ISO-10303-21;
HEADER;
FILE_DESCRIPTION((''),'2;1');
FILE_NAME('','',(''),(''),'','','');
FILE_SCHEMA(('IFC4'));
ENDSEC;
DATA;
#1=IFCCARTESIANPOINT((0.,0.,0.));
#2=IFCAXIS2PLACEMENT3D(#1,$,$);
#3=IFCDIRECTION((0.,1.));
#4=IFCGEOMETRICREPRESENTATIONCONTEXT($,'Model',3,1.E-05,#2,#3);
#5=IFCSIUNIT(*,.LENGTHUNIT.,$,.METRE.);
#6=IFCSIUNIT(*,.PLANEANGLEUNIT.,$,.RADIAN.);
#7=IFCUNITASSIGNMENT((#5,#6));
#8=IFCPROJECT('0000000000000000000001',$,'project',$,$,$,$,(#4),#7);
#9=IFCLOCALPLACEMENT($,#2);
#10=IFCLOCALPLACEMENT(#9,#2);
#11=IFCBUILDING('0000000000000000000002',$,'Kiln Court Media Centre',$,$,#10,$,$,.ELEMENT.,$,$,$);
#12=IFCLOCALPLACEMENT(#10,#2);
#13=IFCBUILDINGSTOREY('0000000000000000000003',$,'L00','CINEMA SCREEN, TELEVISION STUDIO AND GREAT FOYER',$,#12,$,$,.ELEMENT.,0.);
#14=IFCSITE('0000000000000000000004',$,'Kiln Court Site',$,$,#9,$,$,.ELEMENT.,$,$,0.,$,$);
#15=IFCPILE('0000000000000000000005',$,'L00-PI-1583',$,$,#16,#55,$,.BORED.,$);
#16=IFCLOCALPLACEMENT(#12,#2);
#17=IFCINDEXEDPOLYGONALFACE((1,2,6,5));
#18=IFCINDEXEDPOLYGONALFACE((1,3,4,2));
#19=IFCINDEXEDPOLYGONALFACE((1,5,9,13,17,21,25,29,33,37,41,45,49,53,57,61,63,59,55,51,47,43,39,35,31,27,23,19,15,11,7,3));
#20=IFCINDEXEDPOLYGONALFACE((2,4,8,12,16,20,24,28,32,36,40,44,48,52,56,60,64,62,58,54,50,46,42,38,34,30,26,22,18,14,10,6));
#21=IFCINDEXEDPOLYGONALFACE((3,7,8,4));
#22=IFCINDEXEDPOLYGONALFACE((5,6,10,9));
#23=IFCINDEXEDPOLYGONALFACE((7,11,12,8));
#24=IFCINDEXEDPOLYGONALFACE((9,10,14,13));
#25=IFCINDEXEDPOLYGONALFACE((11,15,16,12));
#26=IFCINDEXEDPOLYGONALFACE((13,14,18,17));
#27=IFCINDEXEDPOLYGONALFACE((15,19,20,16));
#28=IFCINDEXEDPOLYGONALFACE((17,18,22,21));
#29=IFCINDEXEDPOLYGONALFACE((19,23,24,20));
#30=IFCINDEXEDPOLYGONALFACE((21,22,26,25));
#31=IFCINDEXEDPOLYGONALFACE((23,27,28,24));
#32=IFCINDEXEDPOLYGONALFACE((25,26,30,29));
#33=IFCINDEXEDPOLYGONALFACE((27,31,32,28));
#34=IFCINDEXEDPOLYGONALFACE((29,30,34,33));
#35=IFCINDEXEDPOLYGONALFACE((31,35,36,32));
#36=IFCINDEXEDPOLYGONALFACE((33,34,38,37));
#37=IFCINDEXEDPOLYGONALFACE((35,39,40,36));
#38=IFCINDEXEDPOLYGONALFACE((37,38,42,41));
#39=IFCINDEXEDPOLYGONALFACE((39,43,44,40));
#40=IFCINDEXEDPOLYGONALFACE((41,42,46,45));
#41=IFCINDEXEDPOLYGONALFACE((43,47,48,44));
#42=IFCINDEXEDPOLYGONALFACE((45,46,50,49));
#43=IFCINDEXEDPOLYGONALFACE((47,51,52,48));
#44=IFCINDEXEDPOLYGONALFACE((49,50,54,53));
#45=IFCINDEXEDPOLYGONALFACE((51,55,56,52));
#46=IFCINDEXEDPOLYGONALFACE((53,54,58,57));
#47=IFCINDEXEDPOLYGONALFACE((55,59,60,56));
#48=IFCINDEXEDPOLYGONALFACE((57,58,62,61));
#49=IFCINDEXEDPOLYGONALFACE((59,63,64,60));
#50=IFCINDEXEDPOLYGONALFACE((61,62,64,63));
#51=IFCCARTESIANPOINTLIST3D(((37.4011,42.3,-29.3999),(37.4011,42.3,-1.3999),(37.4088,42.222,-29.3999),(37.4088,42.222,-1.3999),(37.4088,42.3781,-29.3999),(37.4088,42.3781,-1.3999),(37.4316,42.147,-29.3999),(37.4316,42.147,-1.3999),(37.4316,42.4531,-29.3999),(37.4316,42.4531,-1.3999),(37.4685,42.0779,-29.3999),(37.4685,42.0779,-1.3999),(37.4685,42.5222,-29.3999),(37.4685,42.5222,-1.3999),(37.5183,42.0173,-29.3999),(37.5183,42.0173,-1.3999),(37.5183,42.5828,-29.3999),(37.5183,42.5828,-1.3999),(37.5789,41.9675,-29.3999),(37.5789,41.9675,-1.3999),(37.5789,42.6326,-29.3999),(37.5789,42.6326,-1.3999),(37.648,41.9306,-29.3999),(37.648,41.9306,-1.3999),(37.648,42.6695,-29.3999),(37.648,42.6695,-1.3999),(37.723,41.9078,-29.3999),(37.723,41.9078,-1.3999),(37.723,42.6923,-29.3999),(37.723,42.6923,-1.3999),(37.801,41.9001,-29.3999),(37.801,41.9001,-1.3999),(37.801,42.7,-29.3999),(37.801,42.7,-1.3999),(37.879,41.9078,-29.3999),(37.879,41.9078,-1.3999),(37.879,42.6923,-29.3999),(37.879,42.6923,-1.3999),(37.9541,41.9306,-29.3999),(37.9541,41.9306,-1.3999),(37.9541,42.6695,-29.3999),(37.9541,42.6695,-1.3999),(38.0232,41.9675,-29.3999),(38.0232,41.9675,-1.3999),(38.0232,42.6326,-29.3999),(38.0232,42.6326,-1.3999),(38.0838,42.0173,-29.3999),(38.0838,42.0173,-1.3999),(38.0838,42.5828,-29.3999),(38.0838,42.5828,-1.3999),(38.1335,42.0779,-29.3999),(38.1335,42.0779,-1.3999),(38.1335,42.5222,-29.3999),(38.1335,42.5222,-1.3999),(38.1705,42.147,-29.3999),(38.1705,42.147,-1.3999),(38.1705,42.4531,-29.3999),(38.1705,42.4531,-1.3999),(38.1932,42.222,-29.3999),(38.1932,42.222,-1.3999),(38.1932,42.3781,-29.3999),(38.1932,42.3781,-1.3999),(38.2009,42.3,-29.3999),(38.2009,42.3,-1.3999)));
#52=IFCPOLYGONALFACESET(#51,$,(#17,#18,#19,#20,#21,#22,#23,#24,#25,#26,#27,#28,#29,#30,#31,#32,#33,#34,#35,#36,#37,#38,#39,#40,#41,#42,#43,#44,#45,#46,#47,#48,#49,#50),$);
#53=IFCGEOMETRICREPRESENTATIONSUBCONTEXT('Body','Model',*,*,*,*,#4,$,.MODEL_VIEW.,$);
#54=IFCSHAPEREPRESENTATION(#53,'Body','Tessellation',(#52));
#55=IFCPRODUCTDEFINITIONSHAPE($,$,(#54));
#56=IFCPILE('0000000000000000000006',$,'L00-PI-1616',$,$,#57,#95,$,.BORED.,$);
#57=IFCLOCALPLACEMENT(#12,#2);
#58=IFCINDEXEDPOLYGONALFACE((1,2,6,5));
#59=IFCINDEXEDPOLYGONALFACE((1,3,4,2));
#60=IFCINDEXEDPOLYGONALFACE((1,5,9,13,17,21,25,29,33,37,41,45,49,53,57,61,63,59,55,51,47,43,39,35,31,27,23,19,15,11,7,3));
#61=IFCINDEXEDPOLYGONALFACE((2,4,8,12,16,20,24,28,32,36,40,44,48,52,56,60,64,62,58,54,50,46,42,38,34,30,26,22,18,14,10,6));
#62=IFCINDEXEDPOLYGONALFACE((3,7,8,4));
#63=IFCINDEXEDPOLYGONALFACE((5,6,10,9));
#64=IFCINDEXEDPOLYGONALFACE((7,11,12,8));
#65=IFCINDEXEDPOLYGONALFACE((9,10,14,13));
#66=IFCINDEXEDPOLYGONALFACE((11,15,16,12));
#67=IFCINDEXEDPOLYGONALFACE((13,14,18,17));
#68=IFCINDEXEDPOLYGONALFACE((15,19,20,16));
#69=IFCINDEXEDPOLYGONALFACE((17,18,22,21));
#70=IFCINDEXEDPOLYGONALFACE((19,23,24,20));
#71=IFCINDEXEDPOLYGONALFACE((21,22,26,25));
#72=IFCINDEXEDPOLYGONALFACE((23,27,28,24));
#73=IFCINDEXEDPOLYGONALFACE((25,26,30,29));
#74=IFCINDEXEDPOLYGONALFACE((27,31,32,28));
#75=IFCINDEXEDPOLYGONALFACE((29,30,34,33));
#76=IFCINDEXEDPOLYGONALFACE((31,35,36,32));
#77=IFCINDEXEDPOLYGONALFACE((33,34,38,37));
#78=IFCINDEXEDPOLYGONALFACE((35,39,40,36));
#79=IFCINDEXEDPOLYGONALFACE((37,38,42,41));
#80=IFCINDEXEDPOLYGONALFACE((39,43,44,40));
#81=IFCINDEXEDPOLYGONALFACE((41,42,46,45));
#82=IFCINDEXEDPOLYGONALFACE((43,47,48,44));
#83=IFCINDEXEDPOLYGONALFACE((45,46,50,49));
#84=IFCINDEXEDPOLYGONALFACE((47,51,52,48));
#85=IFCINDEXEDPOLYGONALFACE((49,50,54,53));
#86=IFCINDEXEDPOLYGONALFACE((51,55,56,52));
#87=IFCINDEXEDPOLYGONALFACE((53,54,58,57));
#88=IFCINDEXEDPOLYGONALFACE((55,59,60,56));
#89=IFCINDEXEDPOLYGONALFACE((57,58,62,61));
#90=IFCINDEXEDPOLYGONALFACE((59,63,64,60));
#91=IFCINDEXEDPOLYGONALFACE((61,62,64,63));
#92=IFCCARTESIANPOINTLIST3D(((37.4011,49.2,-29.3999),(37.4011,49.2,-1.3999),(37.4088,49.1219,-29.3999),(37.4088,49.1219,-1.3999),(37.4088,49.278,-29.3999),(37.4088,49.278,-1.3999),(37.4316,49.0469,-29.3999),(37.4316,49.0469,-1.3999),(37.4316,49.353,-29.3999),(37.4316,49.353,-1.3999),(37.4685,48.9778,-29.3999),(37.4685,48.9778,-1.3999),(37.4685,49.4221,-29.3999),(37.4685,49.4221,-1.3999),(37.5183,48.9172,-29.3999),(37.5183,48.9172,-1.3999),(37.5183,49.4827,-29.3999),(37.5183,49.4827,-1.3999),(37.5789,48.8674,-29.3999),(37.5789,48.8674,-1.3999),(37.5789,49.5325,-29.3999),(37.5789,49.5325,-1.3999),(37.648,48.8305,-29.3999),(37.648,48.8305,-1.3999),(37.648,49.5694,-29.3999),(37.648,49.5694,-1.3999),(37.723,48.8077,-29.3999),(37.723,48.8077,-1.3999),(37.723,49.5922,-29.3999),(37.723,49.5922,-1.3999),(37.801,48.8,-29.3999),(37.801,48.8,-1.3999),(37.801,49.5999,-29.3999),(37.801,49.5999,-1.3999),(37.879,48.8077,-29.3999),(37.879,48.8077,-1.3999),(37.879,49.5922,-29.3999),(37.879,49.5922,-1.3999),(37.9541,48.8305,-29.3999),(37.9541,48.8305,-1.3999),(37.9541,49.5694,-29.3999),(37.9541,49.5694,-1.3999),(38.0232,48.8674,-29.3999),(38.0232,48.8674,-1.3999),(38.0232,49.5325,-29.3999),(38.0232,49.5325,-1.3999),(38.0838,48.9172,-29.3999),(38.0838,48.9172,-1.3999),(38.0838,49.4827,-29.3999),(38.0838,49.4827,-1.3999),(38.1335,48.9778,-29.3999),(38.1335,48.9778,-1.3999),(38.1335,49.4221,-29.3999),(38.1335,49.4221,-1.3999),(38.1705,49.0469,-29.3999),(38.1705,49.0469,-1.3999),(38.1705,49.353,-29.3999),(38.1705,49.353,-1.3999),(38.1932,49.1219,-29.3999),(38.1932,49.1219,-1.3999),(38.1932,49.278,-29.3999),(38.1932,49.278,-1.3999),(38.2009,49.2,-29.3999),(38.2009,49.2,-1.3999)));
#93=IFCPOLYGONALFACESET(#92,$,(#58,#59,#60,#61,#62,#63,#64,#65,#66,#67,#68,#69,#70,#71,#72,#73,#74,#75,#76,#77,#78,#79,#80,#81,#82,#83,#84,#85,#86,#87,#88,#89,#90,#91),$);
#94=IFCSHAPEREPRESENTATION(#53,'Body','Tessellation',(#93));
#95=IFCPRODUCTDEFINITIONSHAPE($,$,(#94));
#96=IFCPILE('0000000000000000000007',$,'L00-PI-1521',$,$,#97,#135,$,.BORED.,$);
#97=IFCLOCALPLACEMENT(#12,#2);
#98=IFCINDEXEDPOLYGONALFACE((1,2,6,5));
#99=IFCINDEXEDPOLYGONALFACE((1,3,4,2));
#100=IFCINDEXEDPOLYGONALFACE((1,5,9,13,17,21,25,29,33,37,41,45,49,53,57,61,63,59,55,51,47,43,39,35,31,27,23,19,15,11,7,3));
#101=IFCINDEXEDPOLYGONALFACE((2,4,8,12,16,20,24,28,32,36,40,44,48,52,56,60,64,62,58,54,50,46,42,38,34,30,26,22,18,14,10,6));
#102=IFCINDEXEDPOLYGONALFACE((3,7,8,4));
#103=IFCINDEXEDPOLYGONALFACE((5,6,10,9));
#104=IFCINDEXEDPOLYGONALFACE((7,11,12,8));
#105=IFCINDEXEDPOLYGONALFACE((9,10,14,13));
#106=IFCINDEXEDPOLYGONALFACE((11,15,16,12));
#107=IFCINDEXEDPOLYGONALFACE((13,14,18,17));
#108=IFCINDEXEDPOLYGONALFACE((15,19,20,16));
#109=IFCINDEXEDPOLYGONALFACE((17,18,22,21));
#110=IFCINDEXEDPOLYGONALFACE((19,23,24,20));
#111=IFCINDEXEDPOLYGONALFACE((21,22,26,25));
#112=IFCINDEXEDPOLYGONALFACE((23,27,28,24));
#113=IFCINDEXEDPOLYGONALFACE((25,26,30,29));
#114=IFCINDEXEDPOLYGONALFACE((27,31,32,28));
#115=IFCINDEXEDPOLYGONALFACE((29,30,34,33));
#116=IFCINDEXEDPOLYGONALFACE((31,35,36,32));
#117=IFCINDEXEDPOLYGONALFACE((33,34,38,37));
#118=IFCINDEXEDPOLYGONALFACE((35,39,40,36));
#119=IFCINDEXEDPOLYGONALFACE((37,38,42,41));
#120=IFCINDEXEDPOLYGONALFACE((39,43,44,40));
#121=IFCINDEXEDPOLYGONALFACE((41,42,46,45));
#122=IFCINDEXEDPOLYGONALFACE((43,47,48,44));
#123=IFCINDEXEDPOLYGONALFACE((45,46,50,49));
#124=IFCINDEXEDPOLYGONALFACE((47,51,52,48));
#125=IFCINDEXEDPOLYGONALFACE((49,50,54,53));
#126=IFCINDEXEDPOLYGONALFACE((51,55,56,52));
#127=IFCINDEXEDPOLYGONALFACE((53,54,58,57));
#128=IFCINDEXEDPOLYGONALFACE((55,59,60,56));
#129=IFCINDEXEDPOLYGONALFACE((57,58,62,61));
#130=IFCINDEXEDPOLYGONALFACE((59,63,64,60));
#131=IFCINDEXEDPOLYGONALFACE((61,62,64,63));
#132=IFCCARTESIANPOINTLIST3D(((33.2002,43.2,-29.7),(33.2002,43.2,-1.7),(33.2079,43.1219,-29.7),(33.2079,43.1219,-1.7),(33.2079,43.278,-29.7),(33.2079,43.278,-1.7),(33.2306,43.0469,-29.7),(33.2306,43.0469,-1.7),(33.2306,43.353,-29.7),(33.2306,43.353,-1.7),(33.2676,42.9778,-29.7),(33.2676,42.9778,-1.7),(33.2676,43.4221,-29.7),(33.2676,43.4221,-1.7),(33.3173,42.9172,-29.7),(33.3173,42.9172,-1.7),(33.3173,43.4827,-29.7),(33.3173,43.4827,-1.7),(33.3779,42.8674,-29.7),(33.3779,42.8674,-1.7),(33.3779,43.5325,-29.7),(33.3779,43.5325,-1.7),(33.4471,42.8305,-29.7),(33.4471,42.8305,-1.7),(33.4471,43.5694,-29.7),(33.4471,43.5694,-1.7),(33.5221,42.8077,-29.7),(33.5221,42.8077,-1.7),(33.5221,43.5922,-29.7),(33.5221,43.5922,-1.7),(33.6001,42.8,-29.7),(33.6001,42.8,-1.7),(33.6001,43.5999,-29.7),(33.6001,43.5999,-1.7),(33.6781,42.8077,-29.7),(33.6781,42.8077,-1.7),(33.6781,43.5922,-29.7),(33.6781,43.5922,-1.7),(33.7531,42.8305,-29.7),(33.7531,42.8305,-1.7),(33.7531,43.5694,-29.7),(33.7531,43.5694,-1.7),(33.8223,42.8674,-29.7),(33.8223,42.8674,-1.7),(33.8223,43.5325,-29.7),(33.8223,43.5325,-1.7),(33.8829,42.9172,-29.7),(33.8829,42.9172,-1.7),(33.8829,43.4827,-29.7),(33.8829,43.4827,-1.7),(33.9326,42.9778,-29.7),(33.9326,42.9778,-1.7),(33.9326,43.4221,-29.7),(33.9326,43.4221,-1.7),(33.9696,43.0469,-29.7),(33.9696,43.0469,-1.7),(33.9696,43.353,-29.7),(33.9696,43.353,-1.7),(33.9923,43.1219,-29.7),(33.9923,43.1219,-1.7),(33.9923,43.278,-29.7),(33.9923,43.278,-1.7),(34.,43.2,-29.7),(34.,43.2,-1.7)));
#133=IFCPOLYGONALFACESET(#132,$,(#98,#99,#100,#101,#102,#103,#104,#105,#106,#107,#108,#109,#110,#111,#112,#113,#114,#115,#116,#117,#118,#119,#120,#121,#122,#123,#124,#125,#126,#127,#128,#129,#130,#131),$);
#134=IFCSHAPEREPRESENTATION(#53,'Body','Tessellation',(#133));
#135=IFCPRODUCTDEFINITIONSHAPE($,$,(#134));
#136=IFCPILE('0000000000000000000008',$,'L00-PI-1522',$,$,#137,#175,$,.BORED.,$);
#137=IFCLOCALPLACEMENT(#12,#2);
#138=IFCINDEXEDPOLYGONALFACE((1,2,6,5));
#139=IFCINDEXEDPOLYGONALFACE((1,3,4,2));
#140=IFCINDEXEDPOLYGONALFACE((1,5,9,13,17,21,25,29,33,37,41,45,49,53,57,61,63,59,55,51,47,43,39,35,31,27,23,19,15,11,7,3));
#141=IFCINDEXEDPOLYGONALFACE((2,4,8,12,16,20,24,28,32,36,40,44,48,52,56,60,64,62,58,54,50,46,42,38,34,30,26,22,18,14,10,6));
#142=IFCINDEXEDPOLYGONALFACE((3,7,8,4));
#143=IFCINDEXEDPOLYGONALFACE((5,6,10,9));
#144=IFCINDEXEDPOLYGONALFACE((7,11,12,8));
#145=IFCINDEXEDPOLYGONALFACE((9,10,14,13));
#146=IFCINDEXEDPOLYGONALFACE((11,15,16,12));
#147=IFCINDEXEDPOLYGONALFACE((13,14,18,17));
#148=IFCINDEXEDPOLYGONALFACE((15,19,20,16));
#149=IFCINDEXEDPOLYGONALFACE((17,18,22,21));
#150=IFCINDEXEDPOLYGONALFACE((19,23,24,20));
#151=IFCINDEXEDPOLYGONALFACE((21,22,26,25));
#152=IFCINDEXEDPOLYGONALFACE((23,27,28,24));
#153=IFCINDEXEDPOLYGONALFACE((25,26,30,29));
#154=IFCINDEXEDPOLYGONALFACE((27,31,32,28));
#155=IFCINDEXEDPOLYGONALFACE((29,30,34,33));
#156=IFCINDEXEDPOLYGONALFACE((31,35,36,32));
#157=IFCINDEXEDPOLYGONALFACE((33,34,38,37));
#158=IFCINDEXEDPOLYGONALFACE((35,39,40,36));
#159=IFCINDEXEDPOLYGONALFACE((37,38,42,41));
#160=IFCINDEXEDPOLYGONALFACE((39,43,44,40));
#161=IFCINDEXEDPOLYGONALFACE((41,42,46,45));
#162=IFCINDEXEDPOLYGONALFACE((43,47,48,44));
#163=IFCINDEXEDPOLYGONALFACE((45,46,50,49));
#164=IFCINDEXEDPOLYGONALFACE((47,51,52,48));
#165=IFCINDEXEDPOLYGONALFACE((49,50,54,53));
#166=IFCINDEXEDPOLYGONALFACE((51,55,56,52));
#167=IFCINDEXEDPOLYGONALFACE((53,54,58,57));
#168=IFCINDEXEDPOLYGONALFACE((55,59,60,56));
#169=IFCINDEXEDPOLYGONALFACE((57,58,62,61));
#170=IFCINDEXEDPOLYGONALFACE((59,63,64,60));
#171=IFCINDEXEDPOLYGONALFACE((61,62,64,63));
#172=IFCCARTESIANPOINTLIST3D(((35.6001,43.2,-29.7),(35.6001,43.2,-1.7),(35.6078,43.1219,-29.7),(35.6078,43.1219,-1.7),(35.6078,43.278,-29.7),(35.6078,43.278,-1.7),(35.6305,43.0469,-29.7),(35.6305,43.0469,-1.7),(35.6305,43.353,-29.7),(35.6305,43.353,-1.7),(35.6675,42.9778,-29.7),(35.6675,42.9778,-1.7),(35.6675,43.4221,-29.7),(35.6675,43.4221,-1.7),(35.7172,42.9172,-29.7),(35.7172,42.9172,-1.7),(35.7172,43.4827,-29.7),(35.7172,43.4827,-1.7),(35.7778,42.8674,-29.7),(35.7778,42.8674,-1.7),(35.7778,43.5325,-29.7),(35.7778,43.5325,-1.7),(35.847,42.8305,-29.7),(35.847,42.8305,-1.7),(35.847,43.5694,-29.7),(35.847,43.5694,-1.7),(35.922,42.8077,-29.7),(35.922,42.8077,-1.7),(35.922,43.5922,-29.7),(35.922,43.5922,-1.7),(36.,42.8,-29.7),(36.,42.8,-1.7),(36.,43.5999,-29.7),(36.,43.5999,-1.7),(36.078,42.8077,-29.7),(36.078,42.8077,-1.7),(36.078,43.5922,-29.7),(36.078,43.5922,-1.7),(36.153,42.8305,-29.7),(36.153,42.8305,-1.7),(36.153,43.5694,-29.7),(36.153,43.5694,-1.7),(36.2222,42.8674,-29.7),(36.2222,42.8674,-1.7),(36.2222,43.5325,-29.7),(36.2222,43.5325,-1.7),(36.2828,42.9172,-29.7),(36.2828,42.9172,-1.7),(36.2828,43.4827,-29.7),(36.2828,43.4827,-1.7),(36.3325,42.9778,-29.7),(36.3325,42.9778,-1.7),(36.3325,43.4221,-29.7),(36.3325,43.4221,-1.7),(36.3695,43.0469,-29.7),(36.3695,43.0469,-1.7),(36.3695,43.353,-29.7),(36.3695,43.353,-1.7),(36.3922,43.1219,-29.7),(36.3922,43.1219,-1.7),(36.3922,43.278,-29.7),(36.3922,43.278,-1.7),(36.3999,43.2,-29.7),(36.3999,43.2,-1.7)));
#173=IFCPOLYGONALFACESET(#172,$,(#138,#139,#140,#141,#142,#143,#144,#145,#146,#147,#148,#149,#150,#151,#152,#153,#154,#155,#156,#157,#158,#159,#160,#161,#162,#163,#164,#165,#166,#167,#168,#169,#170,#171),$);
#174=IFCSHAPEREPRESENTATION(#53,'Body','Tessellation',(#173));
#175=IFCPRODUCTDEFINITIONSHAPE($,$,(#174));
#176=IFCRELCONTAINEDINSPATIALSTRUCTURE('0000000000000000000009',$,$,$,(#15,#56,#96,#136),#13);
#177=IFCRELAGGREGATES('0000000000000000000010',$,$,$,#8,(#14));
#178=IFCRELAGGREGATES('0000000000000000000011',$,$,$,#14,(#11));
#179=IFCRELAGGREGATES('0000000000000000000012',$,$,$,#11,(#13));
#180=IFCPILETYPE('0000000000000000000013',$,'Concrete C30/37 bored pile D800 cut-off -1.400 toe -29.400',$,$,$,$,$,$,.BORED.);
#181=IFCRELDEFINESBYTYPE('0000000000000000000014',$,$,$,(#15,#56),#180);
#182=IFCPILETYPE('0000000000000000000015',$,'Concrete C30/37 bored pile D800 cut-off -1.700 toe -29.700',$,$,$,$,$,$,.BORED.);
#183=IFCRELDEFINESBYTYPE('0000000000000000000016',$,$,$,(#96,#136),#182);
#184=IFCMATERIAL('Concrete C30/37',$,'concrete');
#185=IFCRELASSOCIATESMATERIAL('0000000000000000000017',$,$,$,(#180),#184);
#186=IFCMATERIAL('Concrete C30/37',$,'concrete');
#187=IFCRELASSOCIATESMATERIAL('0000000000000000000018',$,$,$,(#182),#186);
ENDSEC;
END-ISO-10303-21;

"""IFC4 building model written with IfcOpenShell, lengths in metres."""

from ifc_helpers import new_model, si_unit, direction, frame, origin, origin_2d, place, context, subcontext, project, spatial, circle, extrude, material, material_profile, profile_set, type_object, element, save


model = new_model("IFC4")

# Units and contexts
model_context = context("Model", 3, precision=1e-05, world=origin(), true_north=direction((0.0, 1.0)))
body_context = subcontext(model_context, "Body", "Model", "MODEL_VIEW")
ifc_project = project(units=[si_unit("LENGTHUNIT", "METRE"), si_unit("PLANEANGLEUNIT", "RADIAN")], contexts=[model_context])

# Site, building, storey
site_placement = place(None, origin())
site = spatial("IfcSite", under=ifc_project, at=site_placement, Name="Kiln Court Site", CompositionType="ELEMENT", RefElevation=0.0)
building_placement = place(site_placement, origin())
building = spatial("IfcBuilding", under=site, at=building_placement, Name="Kiln Court Media Centre", CompositionType="ELEMENT")
storey_placement = place(building_placement, origin())
storey = spatial("IfcBuildingStorey", under=building, at=storey_placement, Name="L00", Description="CINEMA SCREEN, TELEVISION STUDIO AND GREAT FOYER", CompositionType="ELEMENT", Elevation=0.0)

# Piles
ifc_material_1 = material(Name="Concrete C30/37", Category="concrete")
ifc_material_profile_1 = material_profile(ifc_material_1, circle(Radius=0.3999, at=origin_2d()), Name="PILE D800")
ifc_profile_set_1 = profile_set([ifc_material_profile_1], Name="Concrete C30/37")
pile_type_1 = type_object("IfcPileType", Name="Concrete C30/37 bored pile D800 cut-off -1.400 toe -29.400", PredefinedType="BORED", material=ifc_profile_set_1)
for number, where, z_axis, x_axis, name in (
    (1, (37.801, 42.3, -1.3999), (0.0, 0.0, -1.0), (1.0, 0.0, 0.0), "L00-PI-1583"),
    (2, (37.801, 49.2, -1.3999), (0.0, 0.0, -1.0), (1.0, 0.0, 0.0), "L00-PI-1616"),
):
    element("IfcPile", number, at=place(storey_placement, frame(where, z_axis=z_axis, x_axis=x_axis)), inside=storey, type_object=pile_type_1, Name=name, PredefinedType="BORED", context=body_context, shape_type="SweptSolid", body=[
        extrude(circle(Radius=0.3999, at=origin_2d()), origin(), (0.0, 0.0, 1.0), 28.0),
    ])
ifc_material_2 = material(Name="Concrete C30/37", Category="concrete")
ifc_material_profile_2 = material_profile(ifc_material_2, circle(Radius=0.3999, at=origin_2d()), Name="PILE D800")
ifc_profile_set_2 = profile_set([ifc_material_profile_2], Name="Concrete C30/37")
pile_type_2 = type_object("IfcPileType", Name="Concrete C30/37 bored pile D800 cut-off -1.700 toe -29.700", PredefinedType="BORED", material=ifc_profile_set_2)
for number, where, z_axis, x_axis, name in (
    (3, (33.6001, 43.2, -1.7), (0.0, 0.0, -1.0), (1.0, 0.0, 0.0), "L00-PI-1521"),
    (4, (36.0, 43.2, -1.7), (0.0, 0.0, -1.0), (1.0, 0.0, 0.0), "L00-PI-1522"),
):
    element("IfcPile", number, at=place(storey_placement, frame(where, z_axis=z_axis, x_axis=x_axis)), inside=storey, type_object=pile_type_2, Name=name, PredefinedType="BORED", context=body_context, shape_type="SweptSolid", body=[
        extrude(circle(Radius=0.3999, at=origin_2d()), origin(), (0.0, 0.0, 1.0), 28.0),
    ])

save(model, "model.ifc")
